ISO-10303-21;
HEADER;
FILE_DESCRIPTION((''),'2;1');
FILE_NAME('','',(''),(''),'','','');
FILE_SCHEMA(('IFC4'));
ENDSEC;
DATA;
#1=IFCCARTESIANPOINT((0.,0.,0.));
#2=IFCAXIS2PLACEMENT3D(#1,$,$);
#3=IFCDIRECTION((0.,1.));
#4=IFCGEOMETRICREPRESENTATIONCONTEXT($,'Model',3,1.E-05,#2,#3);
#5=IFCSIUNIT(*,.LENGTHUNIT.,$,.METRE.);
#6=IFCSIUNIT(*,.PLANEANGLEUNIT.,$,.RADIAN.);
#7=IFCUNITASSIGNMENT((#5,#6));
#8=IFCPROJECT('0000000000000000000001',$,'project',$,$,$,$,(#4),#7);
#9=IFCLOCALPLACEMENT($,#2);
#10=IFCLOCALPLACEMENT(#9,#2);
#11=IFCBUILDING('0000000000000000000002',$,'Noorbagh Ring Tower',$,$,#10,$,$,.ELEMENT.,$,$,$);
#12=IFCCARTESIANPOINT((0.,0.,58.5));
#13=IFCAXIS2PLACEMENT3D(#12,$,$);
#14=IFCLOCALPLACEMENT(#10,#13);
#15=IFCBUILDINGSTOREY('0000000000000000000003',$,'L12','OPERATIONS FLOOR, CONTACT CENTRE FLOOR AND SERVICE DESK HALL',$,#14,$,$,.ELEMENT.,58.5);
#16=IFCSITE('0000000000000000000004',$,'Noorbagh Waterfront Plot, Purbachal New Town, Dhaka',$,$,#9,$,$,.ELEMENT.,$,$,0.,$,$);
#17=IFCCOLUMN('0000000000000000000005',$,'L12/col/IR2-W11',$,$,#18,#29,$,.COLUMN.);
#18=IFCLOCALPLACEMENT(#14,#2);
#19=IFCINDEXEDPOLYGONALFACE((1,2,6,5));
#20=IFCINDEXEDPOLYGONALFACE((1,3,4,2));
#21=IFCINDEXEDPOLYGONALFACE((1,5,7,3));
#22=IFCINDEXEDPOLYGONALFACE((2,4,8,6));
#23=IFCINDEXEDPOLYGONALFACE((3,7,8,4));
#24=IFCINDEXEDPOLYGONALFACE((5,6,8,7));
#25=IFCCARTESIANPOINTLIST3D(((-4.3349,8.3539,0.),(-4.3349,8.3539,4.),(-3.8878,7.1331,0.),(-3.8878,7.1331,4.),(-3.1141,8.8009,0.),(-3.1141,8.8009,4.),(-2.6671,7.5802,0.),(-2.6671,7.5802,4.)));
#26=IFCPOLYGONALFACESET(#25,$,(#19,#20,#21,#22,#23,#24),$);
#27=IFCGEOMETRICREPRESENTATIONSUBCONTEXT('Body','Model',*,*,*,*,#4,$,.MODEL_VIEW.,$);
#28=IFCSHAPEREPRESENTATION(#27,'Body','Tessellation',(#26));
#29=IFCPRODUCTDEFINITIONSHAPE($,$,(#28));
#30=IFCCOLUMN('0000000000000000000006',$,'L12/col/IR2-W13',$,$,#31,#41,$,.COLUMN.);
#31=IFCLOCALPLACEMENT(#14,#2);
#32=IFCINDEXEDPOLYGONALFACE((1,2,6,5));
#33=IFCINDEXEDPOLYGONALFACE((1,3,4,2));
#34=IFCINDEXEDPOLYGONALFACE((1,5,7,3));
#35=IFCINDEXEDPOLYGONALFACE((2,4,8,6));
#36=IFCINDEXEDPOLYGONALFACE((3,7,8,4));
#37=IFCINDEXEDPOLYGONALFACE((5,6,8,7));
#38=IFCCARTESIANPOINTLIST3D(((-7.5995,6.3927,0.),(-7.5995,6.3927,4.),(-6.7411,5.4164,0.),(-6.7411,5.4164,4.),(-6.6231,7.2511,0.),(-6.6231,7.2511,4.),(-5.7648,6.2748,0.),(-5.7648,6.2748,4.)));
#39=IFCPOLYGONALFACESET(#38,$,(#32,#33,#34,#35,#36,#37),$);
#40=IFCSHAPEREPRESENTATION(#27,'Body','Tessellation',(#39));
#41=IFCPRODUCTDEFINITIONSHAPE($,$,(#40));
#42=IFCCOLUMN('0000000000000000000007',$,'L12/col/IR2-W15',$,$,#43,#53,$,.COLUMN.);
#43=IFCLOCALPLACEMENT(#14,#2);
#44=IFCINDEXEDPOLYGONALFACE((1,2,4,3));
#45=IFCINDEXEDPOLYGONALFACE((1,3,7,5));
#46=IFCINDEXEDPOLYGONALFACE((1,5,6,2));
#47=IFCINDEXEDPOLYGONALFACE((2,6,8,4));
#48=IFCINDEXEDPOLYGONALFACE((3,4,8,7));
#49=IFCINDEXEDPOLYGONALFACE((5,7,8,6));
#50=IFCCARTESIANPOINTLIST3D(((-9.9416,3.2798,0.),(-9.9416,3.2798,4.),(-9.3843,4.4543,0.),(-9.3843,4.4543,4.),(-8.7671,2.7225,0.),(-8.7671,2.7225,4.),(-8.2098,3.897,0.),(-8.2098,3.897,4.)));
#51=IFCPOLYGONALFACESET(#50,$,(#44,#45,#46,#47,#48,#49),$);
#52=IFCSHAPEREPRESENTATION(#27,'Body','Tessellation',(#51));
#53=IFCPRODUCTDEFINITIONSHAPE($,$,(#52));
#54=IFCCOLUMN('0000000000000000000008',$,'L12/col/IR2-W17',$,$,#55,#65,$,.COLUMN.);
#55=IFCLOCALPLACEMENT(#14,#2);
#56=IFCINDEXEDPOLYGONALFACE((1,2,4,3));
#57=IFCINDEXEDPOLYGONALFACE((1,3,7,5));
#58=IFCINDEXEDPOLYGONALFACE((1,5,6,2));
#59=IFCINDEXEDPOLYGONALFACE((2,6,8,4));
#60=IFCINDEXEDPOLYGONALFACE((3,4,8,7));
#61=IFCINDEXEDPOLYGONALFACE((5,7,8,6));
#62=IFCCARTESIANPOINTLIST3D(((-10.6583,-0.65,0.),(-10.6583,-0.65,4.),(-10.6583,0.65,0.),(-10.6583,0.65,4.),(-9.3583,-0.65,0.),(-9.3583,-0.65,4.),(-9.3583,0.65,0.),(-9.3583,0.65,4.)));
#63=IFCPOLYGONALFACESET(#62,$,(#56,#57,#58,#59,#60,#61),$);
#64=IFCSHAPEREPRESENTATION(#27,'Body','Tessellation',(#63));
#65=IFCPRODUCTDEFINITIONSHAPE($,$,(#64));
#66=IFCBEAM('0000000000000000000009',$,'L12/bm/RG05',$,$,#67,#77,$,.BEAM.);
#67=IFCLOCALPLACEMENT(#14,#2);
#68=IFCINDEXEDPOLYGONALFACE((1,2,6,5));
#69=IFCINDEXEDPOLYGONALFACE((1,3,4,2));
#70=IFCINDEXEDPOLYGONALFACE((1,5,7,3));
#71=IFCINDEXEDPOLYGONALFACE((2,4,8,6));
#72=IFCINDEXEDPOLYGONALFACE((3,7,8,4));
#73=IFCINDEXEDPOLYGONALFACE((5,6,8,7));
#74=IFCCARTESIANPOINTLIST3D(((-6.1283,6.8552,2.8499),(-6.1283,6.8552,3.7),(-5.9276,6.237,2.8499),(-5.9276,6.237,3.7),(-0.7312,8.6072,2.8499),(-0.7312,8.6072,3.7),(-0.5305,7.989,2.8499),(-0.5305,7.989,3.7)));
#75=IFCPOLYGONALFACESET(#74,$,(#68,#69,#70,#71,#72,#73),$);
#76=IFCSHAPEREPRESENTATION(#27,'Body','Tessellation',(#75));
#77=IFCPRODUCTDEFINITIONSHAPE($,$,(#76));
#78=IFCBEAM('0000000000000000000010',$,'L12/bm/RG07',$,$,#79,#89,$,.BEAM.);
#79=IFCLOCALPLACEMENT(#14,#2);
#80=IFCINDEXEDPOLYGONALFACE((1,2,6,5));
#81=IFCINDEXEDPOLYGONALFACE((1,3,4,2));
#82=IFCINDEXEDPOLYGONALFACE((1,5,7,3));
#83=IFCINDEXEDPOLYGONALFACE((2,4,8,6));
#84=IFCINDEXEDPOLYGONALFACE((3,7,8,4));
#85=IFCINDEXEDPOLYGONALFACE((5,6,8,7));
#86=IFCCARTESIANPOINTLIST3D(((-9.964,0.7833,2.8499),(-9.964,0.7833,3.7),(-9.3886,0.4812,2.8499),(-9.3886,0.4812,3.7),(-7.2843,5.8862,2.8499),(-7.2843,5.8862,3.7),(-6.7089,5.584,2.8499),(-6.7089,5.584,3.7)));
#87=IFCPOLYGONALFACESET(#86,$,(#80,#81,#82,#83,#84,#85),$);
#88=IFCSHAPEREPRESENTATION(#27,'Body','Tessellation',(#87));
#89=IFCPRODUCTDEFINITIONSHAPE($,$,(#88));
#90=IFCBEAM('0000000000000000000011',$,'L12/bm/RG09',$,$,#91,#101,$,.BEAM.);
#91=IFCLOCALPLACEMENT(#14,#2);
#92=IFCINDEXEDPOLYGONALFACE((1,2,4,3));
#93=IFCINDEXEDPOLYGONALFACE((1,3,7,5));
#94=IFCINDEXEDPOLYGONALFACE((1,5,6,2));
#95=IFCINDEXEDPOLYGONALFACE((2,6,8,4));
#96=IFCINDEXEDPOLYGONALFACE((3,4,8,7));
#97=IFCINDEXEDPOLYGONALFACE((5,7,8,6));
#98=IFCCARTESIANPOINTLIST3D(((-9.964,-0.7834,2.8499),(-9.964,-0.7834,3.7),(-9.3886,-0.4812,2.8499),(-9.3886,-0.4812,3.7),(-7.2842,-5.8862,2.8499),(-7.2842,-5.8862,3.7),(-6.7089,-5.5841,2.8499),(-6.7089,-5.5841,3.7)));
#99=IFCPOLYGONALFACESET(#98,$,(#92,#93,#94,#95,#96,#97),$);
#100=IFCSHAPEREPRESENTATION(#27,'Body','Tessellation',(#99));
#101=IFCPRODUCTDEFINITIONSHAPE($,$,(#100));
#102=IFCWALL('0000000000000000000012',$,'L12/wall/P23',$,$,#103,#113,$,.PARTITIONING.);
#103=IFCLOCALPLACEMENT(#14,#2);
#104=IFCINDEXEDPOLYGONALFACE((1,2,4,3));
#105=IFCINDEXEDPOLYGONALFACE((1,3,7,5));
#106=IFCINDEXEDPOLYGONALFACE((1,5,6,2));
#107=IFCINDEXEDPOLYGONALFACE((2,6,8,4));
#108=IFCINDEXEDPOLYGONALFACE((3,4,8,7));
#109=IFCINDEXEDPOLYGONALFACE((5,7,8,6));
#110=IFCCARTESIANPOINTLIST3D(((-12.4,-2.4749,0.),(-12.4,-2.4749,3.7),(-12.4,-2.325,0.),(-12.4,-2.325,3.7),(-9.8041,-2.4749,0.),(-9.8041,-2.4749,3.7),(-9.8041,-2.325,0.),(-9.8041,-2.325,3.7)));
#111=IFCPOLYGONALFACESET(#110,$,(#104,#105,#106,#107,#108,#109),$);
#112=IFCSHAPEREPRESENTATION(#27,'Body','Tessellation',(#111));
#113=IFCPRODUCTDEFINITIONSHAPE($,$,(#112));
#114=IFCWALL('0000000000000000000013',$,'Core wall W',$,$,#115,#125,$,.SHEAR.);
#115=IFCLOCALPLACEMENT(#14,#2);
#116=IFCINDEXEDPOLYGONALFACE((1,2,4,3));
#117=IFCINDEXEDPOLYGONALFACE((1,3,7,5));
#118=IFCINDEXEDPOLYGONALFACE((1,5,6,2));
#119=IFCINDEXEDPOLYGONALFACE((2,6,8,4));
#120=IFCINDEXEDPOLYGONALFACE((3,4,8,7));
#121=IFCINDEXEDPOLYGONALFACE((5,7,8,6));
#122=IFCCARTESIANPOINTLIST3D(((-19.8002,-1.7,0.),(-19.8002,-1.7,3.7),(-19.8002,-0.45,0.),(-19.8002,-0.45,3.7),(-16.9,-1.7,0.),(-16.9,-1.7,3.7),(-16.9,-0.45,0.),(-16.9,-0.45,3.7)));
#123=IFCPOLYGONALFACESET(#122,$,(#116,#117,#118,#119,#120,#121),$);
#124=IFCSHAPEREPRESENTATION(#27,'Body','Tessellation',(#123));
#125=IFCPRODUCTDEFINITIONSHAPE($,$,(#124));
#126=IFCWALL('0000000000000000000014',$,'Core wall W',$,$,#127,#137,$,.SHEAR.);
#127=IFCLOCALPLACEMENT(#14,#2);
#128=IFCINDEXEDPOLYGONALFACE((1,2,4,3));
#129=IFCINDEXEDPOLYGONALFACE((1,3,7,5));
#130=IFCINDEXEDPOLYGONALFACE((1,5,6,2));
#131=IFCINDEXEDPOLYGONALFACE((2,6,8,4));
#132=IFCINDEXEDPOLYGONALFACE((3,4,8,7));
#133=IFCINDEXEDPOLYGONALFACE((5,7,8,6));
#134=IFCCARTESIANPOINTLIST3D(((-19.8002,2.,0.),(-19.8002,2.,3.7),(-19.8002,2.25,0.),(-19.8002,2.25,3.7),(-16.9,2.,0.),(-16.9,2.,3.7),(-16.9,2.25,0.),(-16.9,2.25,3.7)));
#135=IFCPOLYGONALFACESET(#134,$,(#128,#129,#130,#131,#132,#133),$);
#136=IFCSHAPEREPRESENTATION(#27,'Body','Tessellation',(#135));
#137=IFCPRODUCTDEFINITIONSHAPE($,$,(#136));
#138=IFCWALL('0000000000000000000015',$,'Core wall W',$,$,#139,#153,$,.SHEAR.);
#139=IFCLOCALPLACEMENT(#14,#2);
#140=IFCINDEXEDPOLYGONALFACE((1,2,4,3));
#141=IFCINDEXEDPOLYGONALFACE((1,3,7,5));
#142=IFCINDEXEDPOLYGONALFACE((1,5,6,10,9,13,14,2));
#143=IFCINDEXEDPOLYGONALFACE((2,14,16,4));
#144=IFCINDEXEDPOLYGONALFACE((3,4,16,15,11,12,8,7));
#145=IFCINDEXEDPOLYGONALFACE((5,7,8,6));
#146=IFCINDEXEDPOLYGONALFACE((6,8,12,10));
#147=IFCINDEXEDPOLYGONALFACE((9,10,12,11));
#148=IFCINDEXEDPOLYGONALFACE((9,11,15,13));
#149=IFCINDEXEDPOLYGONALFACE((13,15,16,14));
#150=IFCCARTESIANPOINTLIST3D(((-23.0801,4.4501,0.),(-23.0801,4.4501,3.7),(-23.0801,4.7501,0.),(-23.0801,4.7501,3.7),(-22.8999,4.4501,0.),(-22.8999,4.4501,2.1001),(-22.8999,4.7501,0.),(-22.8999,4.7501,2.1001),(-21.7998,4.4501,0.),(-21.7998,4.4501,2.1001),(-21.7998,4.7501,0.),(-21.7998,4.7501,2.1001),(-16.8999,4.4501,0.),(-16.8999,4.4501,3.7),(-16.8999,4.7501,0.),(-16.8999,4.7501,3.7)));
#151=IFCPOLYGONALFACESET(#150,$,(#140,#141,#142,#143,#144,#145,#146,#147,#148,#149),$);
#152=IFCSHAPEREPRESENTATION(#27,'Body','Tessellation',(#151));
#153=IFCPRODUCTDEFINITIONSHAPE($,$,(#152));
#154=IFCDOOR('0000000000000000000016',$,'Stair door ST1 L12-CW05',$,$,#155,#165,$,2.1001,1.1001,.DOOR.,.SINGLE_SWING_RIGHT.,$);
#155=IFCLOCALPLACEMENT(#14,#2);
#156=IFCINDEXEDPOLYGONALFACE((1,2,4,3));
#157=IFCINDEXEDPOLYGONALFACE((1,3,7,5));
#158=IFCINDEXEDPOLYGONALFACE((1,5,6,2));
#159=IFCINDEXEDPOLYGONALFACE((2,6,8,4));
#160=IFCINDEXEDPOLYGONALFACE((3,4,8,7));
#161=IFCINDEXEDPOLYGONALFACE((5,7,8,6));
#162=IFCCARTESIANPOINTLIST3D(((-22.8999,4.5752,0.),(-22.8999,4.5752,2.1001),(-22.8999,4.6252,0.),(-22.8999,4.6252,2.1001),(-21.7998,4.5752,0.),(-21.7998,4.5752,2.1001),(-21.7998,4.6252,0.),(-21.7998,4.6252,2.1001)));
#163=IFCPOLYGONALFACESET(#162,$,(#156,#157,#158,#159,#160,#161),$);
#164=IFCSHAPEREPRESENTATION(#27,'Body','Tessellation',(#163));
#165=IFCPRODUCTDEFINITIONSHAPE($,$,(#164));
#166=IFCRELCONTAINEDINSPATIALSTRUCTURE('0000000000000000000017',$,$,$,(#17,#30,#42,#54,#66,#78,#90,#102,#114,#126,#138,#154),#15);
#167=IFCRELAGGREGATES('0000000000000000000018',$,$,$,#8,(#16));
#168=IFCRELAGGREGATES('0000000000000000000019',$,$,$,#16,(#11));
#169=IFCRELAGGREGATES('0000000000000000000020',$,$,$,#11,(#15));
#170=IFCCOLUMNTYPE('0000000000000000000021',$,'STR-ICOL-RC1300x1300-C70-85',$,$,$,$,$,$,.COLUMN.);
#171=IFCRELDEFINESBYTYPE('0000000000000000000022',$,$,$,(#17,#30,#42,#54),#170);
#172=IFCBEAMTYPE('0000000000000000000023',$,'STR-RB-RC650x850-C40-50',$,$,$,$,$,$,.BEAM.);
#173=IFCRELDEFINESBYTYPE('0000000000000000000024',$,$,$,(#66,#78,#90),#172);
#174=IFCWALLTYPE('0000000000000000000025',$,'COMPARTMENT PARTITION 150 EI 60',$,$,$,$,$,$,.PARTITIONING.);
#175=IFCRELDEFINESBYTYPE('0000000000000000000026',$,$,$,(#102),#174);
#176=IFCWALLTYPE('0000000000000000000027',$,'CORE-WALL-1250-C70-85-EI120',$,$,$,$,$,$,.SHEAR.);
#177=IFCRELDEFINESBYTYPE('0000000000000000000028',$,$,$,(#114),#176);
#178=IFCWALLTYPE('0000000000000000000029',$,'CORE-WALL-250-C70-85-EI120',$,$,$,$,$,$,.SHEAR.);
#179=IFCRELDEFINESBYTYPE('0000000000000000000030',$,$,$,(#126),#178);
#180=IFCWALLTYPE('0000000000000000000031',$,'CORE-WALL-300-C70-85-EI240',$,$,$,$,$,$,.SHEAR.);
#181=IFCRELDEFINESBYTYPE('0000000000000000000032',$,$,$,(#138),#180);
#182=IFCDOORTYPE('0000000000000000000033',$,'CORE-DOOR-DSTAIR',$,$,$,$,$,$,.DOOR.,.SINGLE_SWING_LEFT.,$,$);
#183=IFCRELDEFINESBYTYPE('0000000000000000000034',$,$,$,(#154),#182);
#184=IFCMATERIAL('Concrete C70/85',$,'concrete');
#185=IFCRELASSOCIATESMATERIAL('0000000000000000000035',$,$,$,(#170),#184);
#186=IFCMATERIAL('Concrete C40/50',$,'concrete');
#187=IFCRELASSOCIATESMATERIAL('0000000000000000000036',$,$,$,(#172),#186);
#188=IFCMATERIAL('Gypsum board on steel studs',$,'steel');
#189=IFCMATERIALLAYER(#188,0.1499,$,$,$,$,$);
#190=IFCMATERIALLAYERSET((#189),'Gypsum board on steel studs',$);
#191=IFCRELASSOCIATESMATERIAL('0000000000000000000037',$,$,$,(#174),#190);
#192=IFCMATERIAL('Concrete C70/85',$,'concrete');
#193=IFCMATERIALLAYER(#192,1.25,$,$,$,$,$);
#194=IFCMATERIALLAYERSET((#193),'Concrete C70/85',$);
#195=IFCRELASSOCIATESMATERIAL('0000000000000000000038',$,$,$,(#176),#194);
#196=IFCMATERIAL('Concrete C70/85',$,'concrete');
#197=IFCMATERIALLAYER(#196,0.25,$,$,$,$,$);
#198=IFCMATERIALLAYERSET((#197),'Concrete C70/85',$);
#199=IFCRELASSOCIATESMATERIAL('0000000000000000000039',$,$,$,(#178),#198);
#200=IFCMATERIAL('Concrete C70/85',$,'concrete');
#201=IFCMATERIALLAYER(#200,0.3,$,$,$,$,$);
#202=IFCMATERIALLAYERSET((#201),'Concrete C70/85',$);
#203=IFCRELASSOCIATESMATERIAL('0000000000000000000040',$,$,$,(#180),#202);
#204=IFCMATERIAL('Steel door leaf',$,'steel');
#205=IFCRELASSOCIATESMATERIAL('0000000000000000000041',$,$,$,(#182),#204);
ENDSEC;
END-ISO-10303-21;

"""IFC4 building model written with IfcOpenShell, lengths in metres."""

from ifc_helpers import new_model, si_unit, direction, frame, frame_2d, origin, origin_2d, place, context, subcontext, project, spatial, rectangle, extrude, material, layer, layer_set, material_profile, profile_set, type_object, element, fill, save


model = new_model("IFC4")

# Units and contexts
model_context = context("Model", 3, precision=1e-05, world=origin(), true_north=direction((0.0, 1.0)))
body_context = subcontext(model_context, "Body", "Model", "MODEL_VIEW")
ifc_project = project(units=[si_unit("LENGTHUNIT", "METRE"), si_unit("PLANEANGLEUNIT", "RADIAN")], contexts=[model_context])

# Site, building, storey
site_placement = place(None, origin())
site = spatial("IfcSite", under=ifc_project, at=site_placement, Name="Noorbagh Waterfront Plot, Purbachal New Town, Dhaka", CompositionType="ELEMENT", RefElevation=0.0)
building_placement = place(site_placement, origin())
building = spatial("IfcBuilding", under=site, at=building_placement, Name="Noorbagh Ring Tower", CompositionType="ELEMENT")
storey_placement = place(building_placement, frame((0.0, 0.0, 58.5)))
storey = spatial("IfcBuildingStorey", under=building, at=storey_placement, Name="L12", Description="OPERATIONS FLOOR, CONTACT CENTRE FLOOR AND SERVICE DESK HALL", CompositionType="ELEMENT", Elevation=58.5)

# Columns
ifc_material_1 = material(Name="Concrete C70/85", Category="concrete")
ifc_material_profile_1 = material_profile(ifc_material_1, rectangle(XDim=1.3, YDim=1.3, at=origin_2d()), Name="RC1300x1300")
ifc_profile_set_1 = profile_set([ifc_material_profile_1], Name="Concrete C70/85")
column_type = type_object("IfcColumnType", Name="STR-ICOL-RC1300x1300-C70-85", PredefinedType="COLUMN", material=ifc_profile_set_1)
for number, where, z_axis, x_axis, name in (
    (1, (-3.501, 7.967, 0.0), (0.0, 0.0, 1.0), (-0.93902, -0.343864, 0.0), "L12/col/IR2-W11"),
    (2, (-6.6821, 6.3337, 0.0), (0.0, 0.0, 1.0), (-0.751022, -0.660277, 0.0), "L12/col/IR2-W13"),
    (3, (-9.0757, 3.5884, 0.0), (0.0, 0.0, 1.0), (-0.428667, -0.903463, 0.0), "L12/col/IR2-W15"),
    (4, (-10.0083, 0.0, 0.0), (0.0, 0.0, 1.0), (0.0, -1.0, 0.0), "L12/col/IR2-W17"),
):
    element("IfcColumn", number, at=place(storey_placement, frame(where, z_axis=z_axis, x_axis=x_axis)), inside=storey, type_object=column_type, Name=name, PredefinedType="COLUMN", context=body_context, shape_type="SweptSolid", body=[
        extrude(rectangle(XDim=1.3, YDim=1.3, at=origin_2d()), origin(), (0.0, 0.0, 1.0), 4.0),
    ])

# Beams
ifc_material_2 = material(Name="Concrete C40/50", Category="concrete")
ifc_material_profile_2 = material_profile(ifc_material_2, rectangle(XDim=0.6499, YDim=0.8501, at=origin_2d()), Name="RC650x850")
ifc_profile_set_2 = profile_set([ifc_material_profile_2], Name="Concrete C40/50")
beam_type = type_object("IfcBeamType", Name="STR-RB-RC650x850-C40-50", PredefinedType="BEAM", material=ifc_profile_set_2)
beam_placement = place(storey_placement, frame((-0.6309, 8.2981, 3.2749), z_axis=(-0.951141, -0.308757, 0.0), x_axis=(0.308757, -0.951141, 0.0)))
element("IfcBeam", 5, at=beam_placement, inside=storey, type_object=beam_type, Name="L12/bm/RG05", PredefinedType="BEAM", context=body_context, shape_type="SweptSolid", body=[
    extrude(rectangle(XDim=0.6499, YDim=0.8501, at=origin_2d()), origin(), (0.0, 0.0, 1.0), 5.6743),
])
for number, where, z_axis, x_axis, name in (
    (6, (-6.9966, 5.7351, 3.2749), (-0.464933, -0.885346, 0.0), (0.885346, -0.464933, 0.0), "L12/bm/RG07"),
    (7, (-9.6763, -0.6323, 3.2749), (0.464933, -0.885346, 0.0), (0.885346, 0.464933, 0.0), "L12/bm/RG09"),
):
    element("IfcBeam", number, at=place(storey_placement, frame(where, z_axis=z_axis, x_axis=x_axis)), inside=storey, type_object=beam_type, Name=name, PredefinedType="BEAM", context=body_context, shape_type="SweptSolid", body=[
        extrude(rectangle(XDim=0.6499, YDim=0.8501, at=origin_2d()), origin(), (0.0, 0.0, 1.0), 5.7637),
    ])

# Walls
ifc_material_3 = material(Name="Gypsum board on steel studs", Category="steel")
ifc_layer_1 = layer(ifc_material_3, 0.1499)
ifc_layer_set_1 = layer_set([ifc_layer_1], Name="Gypsum board on steel studs")
wall_type_1 = type_object("IfcWallType", Name="COMPARTMENT PARTITION 150 EI 60", PredefinedType="PARTITIONING", material=ifc_layer_set_1)
wall_1_placement = place(storey_placement, frame((-12.3999, -2.3999, 0.0), z_axis=(0.0, 0.0, 1.0), x_axis=(1.0, 0.0, 0.0)))
element("IfcWall", 8, at=wall_1_placement, inside=storey, type_object=wall_type_1, Name="L12/wall/P23", PredefinedType="PARTITIONING", context=body_context, shape_type="SweptSolid", body=[
    extrude(rectangle(XDim=2.5959, YDim=0.1499, at=frame_2d((1.2979, 0.0))), origin(), (0.0, 0.0, 1.0), 3.7),
])
ifc_material_4 = material(Name="Concrete C70/85", Category="concrete")
ifc_layer_2 = layer(ifc_material_4, 1.25)
ifc_layer_set_2 = layer_set([ifc_layer_2], Name="Concrete C70/85")
wall_type_2 = type_object("IfcWallType", Name="CORE-WALL-1250-C70-85-EI120", PredefinedType="SHEAR", material=ifc_layer_set_2)
wall_2_placement = place(storey_placement, frame((-16.8999, -1.075, 0.0), z_axis=(0.0, 0.0, 1.0), x_axis=(-1.0, 0.0, 0.0)))
element("IfcWall", 9, at=wall_2_placement, inside=storey, type_object=wall_type_2, Name="Core wall W", PredefinedType="SHEAR", context=body_context, shape_type="SweptSolid", body=[
    extrude(rectangle(XDim=2.9001, YDim=1.25, at=frame_2d((1.4502, 0.0))), origin(), (0.0, 0.0, 1.0), 3.7),
])
ifc_material_5 = material(Name="Concrete C70/85", Category="concrete")
ifc_layer_3 = layer(ifc_material_5, 0.25)
ifc_layer_set_3 = layer_set([ifc_layer_3], Name="Concrete C70/85")
wall_type_3 = type_object("IfcWallType", Name="CORE-WALL-250-C70-85-EI120", PredefinedType="SHEAR", material=ifc_layer_set_3)
wall_3_placement = place(storey_placement, frame((-16.8999, 2.125, 0.0), z_axis=(0.0, 0.0, 1.0), x_axis=(-1.0, 0.0, 0.0)))
element("IfcWall", 10, at=wall_3_placement, inside=storey, type_object=wall_type_3, Name="Core wall W", PredefinedType="SHEAR", context=body_context, shape_type="SweptSolid", body=[
    extrude(rectangle(XDim=2.9001, YDim=0.25, at=frame_2d((1.4502, 0.0))), origin(), (0.0, 0.0, 1.0), 3.7),
])

# Wall, opening, door
ifc_material_6 = material(Name="Concrete C70/85", Category="concrete")
ifc_layer_4 = layer(ifc_material_6, 0.3)
ifc_layer_set_4 = layer_set([ifc_layer_4], Name="Concrete C70/85")
wall_type_4 = type_object("IfcWallType", Name="CORE-WALL-300-C70-85-EI240", PredefinedType="SHEAR", material=ifc_layer_set_4)
wall_4_placement = place(storey_placement, frame((-16.8999, 4.6001, 0.0), z_axis=(0.0, 0.0, 1.0), x_axis=(-1.0, 0.0, 0.0)))
wall_4 = element("IfcWall", 11, at=wall_4_placement, inside=storey, type_object=wall_type_4, Name="Core wall W", PredefinedType="SHEAR", context=body_context, shape_type="SweptSolid", body=[
    extrude(rectangle(XDim=6.1802, YDim=0.3, at=frame_2d((3.0901, 0.0))), origin(), (0.0, 0.0, 1.0), 3.7),
])
opening_1_placement = place(wall_4_placement, frame((4.8999, 0.0, 0.0)))
opening_1 = element("IfcOpeningElement", 12, at=opening_1_placement, cuts=wall_4, PredefinedType="OPENING", context=body_context, shape_type="SweptSolid", body=[
    extrude(rectangle(XDim=1.1001, YDim=2.1001, at=frame_2d((0.55, 1.05))), frame((0.0, 0.1602, 0.0), z_axis=(0.0, -1.0, 0.0), x_axis=(1.0, 0.0, 0.0)), (0.0, 0.0, 1.0), 0.3201),
])
ifc_material_7 = material(Name="Steel door leaf", Category="steel")
door_type_1 = type_object("IfcDoorType", Name="CORE-DOOR-DSTAIR", OperationType="SINGLE_SWING_LEFT", PredefinedType="DOOR", material=ifc_material_7)
door_1_placement = place(opening_1_placement, origin())
door_1 = element("IfcDoor", 13, at=door_1_placement, inside=storey, type_object=door_type_1, Name="Stair door ST1 L12-CW05", OperationType="SINGLE_SWING_RIGHT", OverallHeight=2.1001, OverallWidth=1.1001, PredefinedType="DOOR", context=body_context, shape_type="SweptSolid", body=[
    extrude(rectangle(XDim=1.1001, YDim=2.1001, at=frame_2d((0.55, 1.05))), frame((0.0, 0.0249, 0.0), z_axis=(0.0, -1.0, 0.0), x_axis=(1.0, 0.0, 0.0)), (0.0, 0.0, 1.0), 0.05),
])
fill(opening_1, door_1)

save(model, "model.ifc")
